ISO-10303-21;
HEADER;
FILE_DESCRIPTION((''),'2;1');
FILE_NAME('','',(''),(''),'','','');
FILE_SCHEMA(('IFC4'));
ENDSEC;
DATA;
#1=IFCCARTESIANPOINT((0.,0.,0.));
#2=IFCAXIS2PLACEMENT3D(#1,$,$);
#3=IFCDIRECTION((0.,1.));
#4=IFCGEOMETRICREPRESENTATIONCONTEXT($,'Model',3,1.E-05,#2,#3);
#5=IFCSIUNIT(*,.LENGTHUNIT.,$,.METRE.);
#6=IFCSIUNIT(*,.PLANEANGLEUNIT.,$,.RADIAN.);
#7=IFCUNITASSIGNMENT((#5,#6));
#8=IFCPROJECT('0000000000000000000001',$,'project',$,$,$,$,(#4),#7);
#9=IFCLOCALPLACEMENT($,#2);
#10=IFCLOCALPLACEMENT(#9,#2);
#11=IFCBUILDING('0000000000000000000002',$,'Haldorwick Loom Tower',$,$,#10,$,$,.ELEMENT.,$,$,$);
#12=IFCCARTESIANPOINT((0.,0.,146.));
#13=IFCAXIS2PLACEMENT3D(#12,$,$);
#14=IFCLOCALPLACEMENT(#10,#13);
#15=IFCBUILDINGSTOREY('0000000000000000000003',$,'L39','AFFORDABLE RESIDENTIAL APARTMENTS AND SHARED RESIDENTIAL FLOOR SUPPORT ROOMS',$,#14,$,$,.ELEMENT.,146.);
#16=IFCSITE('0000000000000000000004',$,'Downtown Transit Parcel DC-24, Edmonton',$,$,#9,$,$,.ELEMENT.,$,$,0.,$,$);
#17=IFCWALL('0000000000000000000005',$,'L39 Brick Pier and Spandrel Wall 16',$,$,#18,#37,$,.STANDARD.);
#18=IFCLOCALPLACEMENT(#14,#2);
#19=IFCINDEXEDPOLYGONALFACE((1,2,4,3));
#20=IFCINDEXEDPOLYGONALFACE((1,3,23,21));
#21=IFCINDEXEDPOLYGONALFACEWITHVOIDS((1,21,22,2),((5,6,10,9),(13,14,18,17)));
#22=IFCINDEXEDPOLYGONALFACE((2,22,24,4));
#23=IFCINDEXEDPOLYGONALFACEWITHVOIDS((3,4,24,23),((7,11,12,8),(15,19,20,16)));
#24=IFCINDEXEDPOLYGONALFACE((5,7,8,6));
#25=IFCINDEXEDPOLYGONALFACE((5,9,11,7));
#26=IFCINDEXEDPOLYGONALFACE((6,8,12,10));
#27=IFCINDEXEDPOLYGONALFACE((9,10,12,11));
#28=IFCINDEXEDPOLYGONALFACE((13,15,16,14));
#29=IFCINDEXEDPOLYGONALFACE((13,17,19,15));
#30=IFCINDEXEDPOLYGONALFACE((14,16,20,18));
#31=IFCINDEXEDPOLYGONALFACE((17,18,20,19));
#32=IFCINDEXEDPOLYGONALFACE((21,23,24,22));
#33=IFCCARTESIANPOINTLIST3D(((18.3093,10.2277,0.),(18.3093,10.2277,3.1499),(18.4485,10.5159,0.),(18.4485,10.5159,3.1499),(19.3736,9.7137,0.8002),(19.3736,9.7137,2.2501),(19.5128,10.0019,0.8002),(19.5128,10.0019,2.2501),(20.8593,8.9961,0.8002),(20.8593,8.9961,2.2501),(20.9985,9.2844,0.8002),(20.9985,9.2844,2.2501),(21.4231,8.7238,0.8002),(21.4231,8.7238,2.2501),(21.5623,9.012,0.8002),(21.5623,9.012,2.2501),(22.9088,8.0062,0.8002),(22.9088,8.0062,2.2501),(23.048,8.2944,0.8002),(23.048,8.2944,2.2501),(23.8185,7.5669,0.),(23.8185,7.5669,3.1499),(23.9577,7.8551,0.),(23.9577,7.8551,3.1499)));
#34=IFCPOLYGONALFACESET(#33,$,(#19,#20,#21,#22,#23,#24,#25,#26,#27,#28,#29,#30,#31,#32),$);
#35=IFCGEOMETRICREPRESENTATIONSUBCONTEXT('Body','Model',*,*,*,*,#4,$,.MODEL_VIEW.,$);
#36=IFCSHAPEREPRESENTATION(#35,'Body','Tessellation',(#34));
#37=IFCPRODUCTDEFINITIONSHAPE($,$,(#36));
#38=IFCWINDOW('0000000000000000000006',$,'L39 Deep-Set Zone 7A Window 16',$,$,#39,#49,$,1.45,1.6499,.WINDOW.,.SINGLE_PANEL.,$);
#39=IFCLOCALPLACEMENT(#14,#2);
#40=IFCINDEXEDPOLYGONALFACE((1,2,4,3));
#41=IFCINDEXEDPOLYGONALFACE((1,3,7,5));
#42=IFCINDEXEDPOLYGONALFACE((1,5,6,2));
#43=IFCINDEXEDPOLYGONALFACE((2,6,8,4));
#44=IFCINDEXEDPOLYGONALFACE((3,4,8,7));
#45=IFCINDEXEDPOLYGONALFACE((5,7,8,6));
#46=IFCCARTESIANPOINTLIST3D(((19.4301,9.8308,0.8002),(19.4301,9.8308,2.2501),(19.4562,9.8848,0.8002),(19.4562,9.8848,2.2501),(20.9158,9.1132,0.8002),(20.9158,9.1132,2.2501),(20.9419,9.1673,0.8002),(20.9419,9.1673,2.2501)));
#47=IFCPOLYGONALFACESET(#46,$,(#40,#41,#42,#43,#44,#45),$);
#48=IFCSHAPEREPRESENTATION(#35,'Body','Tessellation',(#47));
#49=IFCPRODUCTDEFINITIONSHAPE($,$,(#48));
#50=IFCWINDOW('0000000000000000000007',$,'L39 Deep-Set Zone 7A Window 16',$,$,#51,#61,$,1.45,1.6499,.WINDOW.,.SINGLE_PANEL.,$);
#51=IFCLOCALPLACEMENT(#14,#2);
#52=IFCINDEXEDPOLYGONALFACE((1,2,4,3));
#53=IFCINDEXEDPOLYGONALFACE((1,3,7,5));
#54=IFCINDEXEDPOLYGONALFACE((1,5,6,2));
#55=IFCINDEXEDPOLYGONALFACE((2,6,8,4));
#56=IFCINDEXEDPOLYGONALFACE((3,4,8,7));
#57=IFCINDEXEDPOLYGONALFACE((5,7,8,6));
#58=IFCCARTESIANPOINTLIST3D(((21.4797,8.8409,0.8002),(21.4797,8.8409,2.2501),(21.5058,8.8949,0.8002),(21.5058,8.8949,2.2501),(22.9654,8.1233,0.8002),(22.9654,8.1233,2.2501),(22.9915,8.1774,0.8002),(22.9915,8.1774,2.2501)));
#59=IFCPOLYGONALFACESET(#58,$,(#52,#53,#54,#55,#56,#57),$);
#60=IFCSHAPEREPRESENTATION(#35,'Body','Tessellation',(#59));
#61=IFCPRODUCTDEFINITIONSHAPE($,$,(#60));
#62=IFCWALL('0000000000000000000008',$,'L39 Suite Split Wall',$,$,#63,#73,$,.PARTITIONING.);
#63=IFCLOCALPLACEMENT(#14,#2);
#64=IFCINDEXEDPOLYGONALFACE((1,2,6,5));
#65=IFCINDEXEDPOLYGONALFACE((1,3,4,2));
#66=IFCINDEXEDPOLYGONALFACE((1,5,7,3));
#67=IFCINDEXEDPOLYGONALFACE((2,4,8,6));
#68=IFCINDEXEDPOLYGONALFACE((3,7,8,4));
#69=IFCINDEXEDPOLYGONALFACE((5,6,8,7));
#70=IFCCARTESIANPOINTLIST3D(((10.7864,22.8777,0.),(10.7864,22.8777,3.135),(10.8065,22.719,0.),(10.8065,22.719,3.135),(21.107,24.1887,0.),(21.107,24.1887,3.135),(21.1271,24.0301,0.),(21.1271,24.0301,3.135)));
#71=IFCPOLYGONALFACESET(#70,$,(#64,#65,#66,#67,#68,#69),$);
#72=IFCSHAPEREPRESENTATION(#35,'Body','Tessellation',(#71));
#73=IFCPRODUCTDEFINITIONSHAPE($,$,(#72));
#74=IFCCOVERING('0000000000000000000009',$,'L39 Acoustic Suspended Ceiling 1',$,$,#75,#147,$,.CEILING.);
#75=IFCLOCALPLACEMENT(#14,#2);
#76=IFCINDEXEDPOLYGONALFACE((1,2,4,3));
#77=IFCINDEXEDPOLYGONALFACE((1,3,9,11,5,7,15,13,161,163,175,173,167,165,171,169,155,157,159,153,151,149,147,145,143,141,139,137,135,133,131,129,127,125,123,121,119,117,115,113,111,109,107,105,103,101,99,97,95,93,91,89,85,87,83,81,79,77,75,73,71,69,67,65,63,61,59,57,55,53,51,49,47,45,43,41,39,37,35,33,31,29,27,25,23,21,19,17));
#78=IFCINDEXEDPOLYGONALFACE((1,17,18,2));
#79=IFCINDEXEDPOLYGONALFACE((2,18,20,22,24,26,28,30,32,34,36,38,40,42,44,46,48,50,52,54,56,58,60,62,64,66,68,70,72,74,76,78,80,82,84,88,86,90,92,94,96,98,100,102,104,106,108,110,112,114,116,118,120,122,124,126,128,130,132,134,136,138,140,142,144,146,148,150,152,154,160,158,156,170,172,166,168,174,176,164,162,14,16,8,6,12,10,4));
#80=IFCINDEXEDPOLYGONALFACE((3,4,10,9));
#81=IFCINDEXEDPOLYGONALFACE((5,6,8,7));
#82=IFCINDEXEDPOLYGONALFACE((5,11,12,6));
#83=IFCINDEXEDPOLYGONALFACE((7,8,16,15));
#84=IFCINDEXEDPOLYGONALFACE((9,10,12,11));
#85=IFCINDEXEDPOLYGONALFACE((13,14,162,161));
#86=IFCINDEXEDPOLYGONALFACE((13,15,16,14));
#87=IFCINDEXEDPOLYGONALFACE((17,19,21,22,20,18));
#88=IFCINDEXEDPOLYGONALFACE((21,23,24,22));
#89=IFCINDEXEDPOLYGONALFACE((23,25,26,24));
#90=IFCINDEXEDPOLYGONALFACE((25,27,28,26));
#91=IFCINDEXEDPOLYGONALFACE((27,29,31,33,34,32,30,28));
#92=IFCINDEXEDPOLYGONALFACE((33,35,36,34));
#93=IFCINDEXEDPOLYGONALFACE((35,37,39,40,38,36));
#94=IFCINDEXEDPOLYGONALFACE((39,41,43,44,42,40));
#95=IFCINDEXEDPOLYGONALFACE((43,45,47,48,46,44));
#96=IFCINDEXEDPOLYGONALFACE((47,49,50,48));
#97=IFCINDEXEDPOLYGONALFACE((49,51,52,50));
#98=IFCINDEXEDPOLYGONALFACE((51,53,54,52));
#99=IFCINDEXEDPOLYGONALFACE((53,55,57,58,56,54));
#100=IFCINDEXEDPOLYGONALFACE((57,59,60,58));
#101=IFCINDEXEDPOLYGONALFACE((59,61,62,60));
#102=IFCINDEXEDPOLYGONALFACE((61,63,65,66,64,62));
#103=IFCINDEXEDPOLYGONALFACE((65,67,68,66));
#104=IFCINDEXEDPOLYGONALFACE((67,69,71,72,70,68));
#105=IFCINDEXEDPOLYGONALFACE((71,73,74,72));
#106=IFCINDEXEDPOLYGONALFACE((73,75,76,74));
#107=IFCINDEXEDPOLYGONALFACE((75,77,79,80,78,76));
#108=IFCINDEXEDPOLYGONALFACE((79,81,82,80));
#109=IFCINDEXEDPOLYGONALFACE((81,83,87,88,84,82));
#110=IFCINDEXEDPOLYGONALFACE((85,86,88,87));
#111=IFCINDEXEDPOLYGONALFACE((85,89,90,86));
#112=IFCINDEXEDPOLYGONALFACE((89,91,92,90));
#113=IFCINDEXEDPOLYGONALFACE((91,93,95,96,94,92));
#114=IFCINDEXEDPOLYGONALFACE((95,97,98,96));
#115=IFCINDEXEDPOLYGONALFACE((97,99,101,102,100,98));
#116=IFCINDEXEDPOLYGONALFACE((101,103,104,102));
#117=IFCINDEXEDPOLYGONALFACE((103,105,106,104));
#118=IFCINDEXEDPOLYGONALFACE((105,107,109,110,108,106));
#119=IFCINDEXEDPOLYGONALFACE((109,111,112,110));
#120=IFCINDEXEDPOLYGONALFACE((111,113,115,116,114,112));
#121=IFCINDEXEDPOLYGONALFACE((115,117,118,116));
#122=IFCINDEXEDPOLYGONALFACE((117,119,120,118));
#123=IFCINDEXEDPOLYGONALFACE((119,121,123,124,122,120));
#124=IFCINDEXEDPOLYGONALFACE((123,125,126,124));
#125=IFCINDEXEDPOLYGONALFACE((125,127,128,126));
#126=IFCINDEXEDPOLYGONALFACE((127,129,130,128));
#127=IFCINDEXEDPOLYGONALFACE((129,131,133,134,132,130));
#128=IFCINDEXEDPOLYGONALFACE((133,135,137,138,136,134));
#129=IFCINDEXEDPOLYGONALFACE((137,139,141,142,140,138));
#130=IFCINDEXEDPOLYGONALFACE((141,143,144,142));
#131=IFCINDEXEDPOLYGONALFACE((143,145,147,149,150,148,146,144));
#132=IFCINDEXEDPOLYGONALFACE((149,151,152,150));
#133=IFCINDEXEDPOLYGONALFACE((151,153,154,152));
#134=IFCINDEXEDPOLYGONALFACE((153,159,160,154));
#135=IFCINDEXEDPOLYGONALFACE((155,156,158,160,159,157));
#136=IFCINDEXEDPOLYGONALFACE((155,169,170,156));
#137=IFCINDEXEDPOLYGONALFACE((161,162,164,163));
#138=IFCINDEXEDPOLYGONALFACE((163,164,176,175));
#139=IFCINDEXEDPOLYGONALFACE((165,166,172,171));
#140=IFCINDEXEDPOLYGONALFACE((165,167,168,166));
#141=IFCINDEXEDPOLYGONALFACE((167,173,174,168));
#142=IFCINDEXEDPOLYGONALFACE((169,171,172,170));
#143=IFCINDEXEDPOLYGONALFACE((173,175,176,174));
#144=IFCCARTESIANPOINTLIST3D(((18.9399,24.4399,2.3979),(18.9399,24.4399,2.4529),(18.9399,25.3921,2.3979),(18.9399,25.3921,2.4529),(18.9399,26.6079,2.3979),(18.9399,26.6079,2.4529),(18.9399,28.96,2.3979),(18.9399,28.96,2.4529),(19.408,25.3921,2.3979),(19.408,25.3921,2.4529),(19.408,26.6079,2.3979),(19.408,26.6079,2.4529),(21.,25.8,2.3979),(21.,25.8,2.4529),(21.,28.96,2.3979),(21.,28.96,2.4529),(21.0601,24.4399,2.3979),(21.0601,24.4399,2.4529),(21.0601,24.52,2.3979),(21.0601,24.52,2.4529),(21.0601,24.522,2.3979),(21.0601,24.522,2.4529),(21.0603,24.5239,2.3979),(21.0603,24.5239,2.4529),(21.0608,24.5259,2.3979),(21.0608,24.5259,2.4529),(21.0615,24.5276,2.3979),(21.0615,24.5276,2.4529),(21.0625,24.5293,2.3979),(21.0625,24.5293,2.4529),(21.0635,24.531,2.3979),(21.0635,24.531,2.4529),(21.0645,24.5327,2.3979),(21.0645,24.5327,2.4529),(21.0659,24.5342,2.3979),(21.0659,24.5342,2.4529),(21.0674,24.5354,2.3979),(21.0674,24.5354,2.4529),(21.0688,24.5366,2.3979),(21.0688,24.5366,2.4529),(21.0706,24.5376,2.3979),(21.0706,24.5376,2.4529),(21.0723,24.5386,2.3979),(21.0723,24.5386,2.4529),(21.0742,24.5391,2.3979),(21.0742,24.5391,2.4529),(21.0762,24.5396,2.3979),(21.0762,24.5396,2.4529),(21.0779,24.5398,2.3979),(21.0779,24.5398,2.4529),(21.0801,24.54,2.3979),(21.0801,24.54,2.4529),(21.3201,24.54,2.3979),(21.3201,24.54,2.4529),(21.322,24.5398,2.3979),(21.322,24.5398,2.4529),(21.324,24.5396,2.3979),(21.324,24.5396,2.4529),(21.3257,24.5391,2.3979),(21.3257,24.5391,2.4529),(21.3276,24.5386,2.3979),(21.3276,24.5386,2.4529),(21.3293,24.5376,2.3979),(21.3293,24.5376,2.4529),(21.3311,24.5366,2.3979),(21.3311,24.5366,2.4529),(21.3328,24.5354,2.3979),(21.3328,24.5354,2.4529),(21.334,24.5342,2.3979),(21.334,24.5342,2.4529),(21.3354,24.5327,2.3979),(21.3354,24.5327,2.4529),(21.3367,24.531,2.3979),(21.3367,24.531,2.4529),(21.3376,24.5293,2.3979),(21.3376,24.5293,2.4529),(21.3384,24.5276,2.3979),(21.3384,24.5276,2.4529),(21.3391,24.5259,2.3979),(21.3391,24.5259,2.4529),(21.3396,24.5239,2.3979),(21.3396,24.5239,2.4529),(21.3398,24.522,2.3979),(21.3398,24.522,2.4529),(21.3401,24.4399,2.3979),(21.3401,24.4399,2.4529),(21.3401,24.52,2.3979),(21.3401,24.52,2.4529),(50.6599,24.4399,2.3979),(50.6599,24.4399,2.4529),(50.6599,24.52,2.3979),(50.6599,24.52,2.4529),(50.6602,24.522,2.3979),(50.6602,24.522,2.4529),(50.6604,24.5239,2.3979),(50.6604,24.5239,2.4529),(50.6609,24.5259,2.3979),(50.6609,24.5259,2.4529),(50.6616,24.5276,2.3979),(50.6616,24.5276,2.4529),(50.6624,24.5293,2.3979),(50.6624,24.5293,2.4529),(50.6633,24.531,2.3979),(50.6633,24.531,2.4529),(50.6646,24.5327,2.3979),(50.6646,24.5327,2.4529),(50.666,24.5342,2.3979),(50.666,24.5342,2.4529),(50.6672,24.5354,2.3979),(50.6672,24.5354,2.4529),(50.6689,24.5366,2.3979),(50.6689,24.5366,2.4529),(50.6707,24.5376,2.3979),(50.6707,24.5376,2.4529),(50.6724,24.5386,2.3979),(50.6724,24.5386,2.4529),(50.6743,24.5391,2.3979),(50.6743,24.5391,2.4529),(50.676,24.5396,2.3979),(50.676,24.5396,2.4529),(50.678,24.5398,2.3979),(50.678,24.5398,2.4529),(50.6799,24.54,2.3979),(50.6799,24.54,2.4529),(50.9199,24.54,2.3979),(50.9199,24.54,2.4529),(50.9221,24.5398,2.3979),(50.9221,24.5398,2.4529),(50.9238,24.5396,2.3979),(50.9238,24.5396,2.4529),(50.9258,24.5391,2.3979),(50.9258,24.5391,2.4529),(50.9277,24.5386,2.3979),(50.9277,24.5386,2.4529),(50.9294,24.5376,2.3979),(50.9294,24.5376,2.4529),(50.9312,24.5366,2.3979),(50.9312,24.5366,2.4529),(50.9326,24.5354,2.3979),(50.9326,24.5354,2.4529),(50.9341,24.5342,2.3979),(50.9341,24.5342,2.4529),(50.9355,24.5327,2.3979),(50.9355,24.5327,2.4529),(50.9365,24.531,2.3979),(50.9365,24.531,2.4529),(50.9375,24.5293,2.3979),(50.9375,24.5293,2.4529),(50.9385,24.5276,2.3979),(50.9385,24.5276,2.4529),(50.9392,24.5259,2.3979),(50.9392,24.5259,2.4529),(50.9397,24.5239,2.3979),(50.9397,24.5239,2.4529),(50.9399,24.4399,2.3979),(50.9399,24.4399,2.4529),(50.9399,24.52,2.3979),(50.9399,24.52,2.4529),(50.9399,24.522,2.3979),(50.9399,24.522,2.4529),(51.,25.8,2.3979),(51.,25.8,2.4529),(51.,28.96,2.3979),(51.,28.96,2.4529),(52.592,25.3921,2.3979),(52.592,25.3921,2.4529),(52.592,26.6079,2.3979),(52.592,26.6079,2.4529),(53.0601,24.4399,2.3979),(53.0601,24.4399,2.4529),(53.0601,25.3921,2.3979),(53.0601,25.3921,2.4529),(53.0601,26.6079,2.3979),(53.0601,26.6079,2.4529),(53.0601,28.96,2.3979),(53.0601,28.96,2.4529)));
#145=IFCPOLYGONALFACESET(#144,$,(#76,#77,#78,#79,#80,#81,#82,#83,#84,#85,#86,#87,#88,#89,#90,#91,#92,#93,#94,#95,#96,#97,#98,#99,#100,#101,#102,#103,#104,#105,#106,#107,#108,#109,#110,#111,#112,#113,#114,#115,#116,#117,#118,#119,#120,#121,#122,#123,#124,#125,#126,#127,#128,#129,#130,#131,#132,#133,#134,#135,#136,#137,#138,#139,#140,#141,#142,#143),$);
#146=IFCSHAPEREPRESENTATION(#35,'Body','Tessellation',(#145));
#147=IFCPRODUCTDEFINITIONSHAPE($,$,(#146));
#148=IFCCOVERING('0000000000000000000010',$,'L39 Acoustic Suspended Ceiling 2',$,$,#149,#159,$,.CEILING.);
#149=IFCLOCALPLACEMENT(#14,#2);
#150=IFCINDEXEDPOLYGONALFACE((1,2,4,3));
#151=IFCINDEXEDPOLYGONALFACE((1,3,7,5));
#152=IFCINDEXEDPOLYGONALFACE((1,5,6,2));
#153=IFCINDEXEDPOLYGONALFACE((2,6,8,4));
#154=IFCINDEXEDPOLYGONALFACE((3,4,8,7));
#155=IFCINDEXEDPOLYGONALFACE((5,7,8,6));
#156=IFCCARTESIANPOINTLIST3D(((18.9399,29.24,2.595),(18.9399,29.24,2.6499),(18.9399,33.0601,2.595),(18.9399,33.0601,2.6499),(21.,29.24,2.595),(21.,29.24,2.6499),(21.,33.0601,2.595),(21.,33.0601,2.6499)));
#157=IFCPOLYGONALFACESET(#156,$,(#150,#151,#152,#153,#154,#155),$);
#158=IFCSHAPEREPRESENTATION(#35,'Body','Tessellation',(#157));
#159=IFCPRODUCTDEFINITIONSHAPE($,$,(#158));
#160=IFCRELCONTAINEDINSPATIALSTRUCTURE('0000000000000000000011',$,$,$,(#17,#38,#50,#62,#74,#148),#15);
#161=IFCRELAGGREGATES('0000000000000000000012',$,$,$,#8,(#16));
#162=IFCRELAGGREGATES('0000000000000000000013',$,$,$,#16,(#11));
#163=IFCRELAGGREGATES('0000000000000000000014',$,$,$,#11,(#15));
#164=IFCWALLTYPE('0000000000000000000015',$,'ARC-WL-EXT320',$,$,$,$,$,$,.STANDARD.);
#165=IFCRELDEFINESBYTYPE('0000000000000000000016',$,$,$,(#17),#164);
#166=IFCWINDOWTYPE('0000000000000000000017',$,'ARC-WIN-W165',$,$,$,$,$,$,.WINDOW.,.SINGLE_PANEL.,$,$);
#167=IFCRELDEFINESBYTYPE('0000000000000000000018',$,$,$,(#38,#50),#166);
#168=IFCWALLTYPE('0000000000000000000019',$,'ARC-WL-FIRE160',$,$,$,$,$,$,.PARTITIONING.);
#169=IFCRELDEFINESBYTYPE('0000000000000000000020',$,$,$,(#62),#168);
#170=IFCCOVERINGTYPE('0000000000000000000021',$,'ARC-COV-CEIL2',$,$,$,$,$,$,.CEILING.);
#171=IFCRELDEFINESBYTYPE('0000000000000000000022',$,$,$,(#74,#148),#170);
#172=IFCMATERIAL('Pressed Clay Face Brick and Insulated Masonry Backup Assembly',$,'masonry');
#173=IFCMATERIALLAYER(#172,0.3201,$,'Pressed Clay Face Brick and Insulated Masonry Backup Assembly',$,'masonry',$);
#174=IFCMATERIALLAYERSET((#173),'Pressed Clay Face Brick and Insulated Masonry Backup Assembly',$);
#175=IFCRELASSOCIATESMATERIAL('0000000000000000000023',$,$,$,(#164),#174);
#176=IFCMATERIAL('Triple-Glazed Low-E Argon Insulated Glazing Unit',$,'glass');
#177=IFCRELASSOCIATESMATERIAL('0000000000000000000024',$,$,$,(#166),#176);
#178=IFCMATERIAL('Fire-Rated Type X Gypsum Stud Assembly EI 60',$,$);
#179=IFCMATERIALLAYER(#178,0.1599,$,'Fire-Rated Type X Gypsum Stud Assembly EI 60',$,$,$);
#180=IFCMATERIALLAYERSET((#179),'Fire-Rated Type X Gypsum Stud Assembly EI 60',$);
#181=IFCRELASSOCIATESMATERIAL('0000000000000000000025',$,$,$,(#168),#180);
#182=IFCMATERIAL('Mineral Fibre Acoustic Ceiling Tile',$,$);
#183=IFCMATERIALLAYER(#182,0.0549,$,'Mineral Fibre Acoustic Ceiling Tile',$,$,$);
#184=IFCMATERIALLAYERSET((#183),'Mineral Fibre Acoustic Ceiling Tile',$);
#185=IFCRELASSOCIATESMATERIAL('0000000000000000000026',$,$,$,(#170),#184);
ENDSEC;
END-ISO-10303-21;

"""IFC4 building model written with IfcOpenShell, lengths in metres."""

from ifc_helpers import new_model, si_unit, direction, frame, frame_2d, origin, place, context, subcontext, project, spatial, polyline, rectangle, outline, extrude, material, layer, layer_set, type_object, element, fill, save


model = new_model("IFC4")

# Units and contexts
model_context = context("Model", 3, precision=1e-05, world=origin(), true_north=direction((0.0, 1.0)))
body_context = subcontext(model_context, "Body", "Model", "MODEL_VIEW")
ifc_project = project(units=[si_unit("LENGTHUNIT", "METRE"), si_unit("PLANEANGLEUNIT", "RADIAN")], contexts=[model_context])

# Site, building, storey
site_placement = place(None, origin())
site = spatial("IfcSite", under=ifc_project, at=site_placement, Name="Downtown Transit Parcel DC-24, Edmonton", CompositionType="ELEMENT", RefElevation=0.0)
building_placement = place(site_placement, origin())
building = spatial("IfcBuilding", under=site, at=building_placement, Name="Haldorwick Loom Tower", CompositionType="ELEMENT")
storey_placement = place(building_placement, frame((0.0, 0.0, 146.0)))
storey = spatial("IfcBuildingStorey", under=building, at=storey_placement, Name="L39", Description="AFFORDABLE RESIDENTIAL APARTMENTS AND SHARED RESIDENTIAL FLOOR SUPPORT ROOMS", CompositionType="ELEMENT", Elevation=146.0)

# Shared definitions
ifc_material_1 = material(Name="Pressed Clay Face Brick and Insulated Masonry Backup Assembly", Category="masonry")
ifc_layer_1 = layer(ifc_material_1, 0.3201, Name="Pressed Clay Face Brick and Insulated Masonry Backup Assembly", Category="masonry")
ifc_layer_set_1 = layer_set([ifc_layer_1], Name="Pressed Clay Face Brick and Insulated Masonry Backup Assembly")
wall_type_1 = type_object("IfcWallType", Name="ARC-WL-EXT320", PredefinedType="STANDARD", material=ifc_layer_set_1)

# Wall, openings, windows
wall_1_placement = place(storey_placement, frame((18.3789, 10.3718, 0.0), z_axis=(0.0, 0.0, 1.0), x_axis=(0.900472, -0.434913, 0.0)))
wall_1 = element("IfcWall", 1, at=wall_1_placement, inside=storey, type_object=wall_type_1, Name="L39 Brick Pier and Spandrel Wall 16", PredefinedType="STANDARD", context=body_context, shape_type="SweptSolid", body=[
    extrude(rectangle(XDim=6.1182, YDim=0.3201, at=frame_2d((3.0591, 0.0))), origin(), (0.0, 0.0, 1.0), 3.1499),
])
opening_1_placement = place(wall_1_placement, frame((1.1819, 0.0, 0.8)))
opening_1 = element("IfcOpeningElement", 2, at=opening_1_placement, cuts=wall_1, PredefinedType="OPENING", context=body_context, shape_type="SweptSolid", body=[
    extrude(rectangle(XDim=1.6499, YDim=1.45, at=frame_2d((0.825, 0.7251))), frame((0.0, 0.1699, 0.0), z_axis=(0.0, -1.0, 0.0), x_axis=(1.0, 0.0, 0.0)), (0.0, 0.0, 1.0), 0.3401),
])
opening_2_placement = place(wall_1_placement, frame((3.458, 0.0, 0.8)))
opening_2 = element("IfcOpeningElement", 3, at=opening_2_placement, cuts=wall_1, PredefinedType="OPENING", context=body_context, shape_type="SweptSolid", body=[
    extrude(rectangle(XDim=1.6499, YDim=1.45, at=frame_2d((0.825, 0.7251))), frame((0.0, 0.1699, 0.0), z_axis=(0.0, -1.0, 0.0), x_axis=(1.0, 0.0, 0.0)), (0.0, 0.0, 1.0), 0.3401),
])
ifc_material_2 = material(Name="Triple-Glazed Low-E Argon Insulated Glazing Unit", Category="glass")
window_type = type_object("IfcWindowType", Name="ARC-WIN-W165", PartitioningType="SINGLE_PANEL", PredefinedType="WINDOW", material=ifc_material_2)
window_1_placement = place(opening_1_placement, origin())
window_1 = element("IfcWindow", 4, at=window_1_placement, inside=storey, type_object=window_type, Name="L39 Deep-Set Zone 7A Window 16", OverallHeight=1.45, OverallWidth=1.6499, PartitioningType="SINGLE_PANEL", PredefinedType="WINDOW", context=body_context, shape_type="SweptSolid", body=[
    extrude(rectangle(XDim=1.6499, YDim=1.45, at=frame_2d((0.825, 0.7251))), frame((0.0, 0.03, 0.0), z_axis=(0.0, -1.0, 0.0), x_axis=(1.0, 0.0, 0.0)), (0.0, 0.0, 1.0), 0.0601),
])
fill(opening_1, window_1)
window_2_placement = place(opening_2_placement, origin())
window_2 = element("IfcWindow", 5, at=window_2_placement, inside=storey, type_object=window_type, Name="L39 Deep-Set Zone 7A Window 16", OverallHeight=1.45, OverallWidth=1.6499, PartitioningType="SINGLE_PANEL", PredefinedType="WINDOW", context=body_context, shape_type="SweptSolid", body=[
    extrude(rectangle(XDim=1.6499, YDim=1.45, at=frame_2d((0.825, 0.7251))), frame((0.0, 0.03, 0.0), z_axis=(0.0, -1.0, 0.0), x_axis=(1.0, 0.0, 0.0)), (0.0, 0.0, 1.0), 0.0601),
])
fill(opening_2, window_2)

# Wall
ifc_material_3 = material(Name="Fire-Rated Type X Gypsum Stud Assembly EI 60")
ifc_layer_2 = layer(ifc_material_3, 0.1599, Name="Fire-Rated Type X Gypsum Stud Assembly EI 60")
ifc_layer_set_2 = layer_set([ifc_layer_2], Name="Fire-Rated Type X Gypsum Stud Assembly EI 60")
wall_type_2 = type_object("IfcWallType", Name="ARC-WL-FIRE160", PredefinedType="PARTITIONING", material=ifc_layer_set_2)
wall_2_placement = place(storey_placement, frame((21.1169, 24.1094, 0.0), z_axis=(0.0, 0.0, 1.0), x_axis=(-0.992028, -0.126019, 0.0)))
element("IfcWall", 6, at=wall_2_placement, inside=storey, type_object=wall_type_2, Name="L39 Suite Split Wall", PredefinedType="PARTITIONING", context=body_context, shape_type="SweptSolid", body=[
    extrude(rectangle(XDim=10.4036, YDim=0.1599, at=frame_2d((5.2017, 0.0))), origin(), (0.0, 0.0, 1.0), 3.135),
])

# Coverings
ifc_material_4 = material(Name="Mineral Fibre Acoustic Ceiling Tile")
ifc_layer_3 = layer(ifc_material_4, 0.0549, Name="Mineral Fibre Acoustic Ceiling Tile")
ifc_layer_set_3 = layer_set([ifc_layer_3], Name="Mineral Fibre Acoustic Ceiling Tile")
covering_type_1 = type_object("IfcCoveringType", Name="ARC-COV-CEIL2", PredefinedType="CEILING", material=ifc_layer_set_3)
covering_1_placement = place(storey_placement, frame((0.0, 0.0, 2.3979)))
element("IfcCovering", 7, at=covering_1_placement, inside=storey, type_object=covering_type_1, Name="L39 Acoustic Suspended Ceiling 1", PredefinedType="CEILING", context=body_context, shape_type="SweptSolid", body=[
    extrude(outline(polyline([(51.0, 28.96), (51.0, 25.8), (21.0, 25.8), (21.0, 28.96), (18.9399, 28.96), (18.9399, 26.6079), (19.408, 26.6079), (19.408, 25.3921), (18.9399, 25.3921), (18.9399, 24.4399), (21.0601, 24.4399), (21.0601, 24.52), (21.0601, 24.522), (21.0603, 24.5239), (21.0608, 24.5259), (21.0615, 24.5276), (21.0625, 24.5293), (21.0635, 24.531), (21.0645, 24.5327), (21.0659, 24.5342), (21.0674, 24.5354), (21.0688, 24.5366), (21.0706, 24.5376), (21.0723, 24.5386), (21.0742, 24.5391), (21.0762, 24.5396), (21.0779, 24.5398), (21.0801, 24.54), (21.3201, 24.54), (21.322, 24.5398), (21.324, 24.5396), (21.3257, 24.5391), (21.3276, 24.5386), (21.3293, 24.5376), (21.3311, 24.5366), (21.3328, 24.5354), (21.334, 24.5342), (21.3354, 24.5327), (21.3367, 24.531), (21.3376, 24.5293), (21.3384, 24.5276), (21.3391, 24.5259), (21.3396, 24.5239), (21.3398, 24.522), (21.3401, 24.52), (21.3401, 24.4399), (50.6599, 24.4399), (50.6599, 24.52), (50.6602, 24.522), (50.6604, 24.5239), (50.6609, 24.5259), (50.6616, 24.5276), (50.6624, 24.5293), (50.6633, 24.531), (50.6646, 24.5327), (50.666, 24.5342), (50.6672, 24.5354), (50.6689, 24.5366), (50.6707, 24.5376), (50.6724, 24.5386), (50.6743, 24.5391), (50.676, 24.5396), (50.678, 24.5398), (50.6799, 24.54), (50.9199, 24.54), (50.9221, 24.5398), (50.9238, 24.5396), (50.9258, 24.5391), (50.9277, 24.5386), (50.9294, 24.5376), (50.9312, 24.5366), (50.9326, 24.5354), (50.9341, 24.5342), (50.9355, 24.5327), (50.9365, 24.531), (50.9375, 24.5293), (50.9385, 24.5276), (50.9392, 24.5259), (50.9397, 24.5239), (50.9399, 24.522), (50.9399, 24.52), (50.9399, 24.4399), (53.0601, 24.4399), (53.0601, 25.3921), (52.592, 25.3921), (52.592, 26.6079), (53.0601, 26.6079), (53.0601, 28.96), (51.0, 28.96)])), origin(), (0.0, 0.0, 1.0), 0.0549),
])
covering_2_placement = place(storey_placement, frame((0.0, 0.0, 2.595)))
element("IfcCovering", 8, at=covering_2_placement, inside=storey, type_object=covering_type_1, Name="L39 Acoustic Suspended Ceiling 2", PredefinedType="CEILING", context=body_context, shape_type="SweptSolid", body=[
    extrude(outline(polyline([(21.0, 29.24), (21.0, 33.0601), (18.9399, 33.0601), (18.9399, 29.24), (21.0, 29.24)])), origin(), (0.0, 0.0, 1.0), 0.0549),
])

save(model, "model.ifc")
